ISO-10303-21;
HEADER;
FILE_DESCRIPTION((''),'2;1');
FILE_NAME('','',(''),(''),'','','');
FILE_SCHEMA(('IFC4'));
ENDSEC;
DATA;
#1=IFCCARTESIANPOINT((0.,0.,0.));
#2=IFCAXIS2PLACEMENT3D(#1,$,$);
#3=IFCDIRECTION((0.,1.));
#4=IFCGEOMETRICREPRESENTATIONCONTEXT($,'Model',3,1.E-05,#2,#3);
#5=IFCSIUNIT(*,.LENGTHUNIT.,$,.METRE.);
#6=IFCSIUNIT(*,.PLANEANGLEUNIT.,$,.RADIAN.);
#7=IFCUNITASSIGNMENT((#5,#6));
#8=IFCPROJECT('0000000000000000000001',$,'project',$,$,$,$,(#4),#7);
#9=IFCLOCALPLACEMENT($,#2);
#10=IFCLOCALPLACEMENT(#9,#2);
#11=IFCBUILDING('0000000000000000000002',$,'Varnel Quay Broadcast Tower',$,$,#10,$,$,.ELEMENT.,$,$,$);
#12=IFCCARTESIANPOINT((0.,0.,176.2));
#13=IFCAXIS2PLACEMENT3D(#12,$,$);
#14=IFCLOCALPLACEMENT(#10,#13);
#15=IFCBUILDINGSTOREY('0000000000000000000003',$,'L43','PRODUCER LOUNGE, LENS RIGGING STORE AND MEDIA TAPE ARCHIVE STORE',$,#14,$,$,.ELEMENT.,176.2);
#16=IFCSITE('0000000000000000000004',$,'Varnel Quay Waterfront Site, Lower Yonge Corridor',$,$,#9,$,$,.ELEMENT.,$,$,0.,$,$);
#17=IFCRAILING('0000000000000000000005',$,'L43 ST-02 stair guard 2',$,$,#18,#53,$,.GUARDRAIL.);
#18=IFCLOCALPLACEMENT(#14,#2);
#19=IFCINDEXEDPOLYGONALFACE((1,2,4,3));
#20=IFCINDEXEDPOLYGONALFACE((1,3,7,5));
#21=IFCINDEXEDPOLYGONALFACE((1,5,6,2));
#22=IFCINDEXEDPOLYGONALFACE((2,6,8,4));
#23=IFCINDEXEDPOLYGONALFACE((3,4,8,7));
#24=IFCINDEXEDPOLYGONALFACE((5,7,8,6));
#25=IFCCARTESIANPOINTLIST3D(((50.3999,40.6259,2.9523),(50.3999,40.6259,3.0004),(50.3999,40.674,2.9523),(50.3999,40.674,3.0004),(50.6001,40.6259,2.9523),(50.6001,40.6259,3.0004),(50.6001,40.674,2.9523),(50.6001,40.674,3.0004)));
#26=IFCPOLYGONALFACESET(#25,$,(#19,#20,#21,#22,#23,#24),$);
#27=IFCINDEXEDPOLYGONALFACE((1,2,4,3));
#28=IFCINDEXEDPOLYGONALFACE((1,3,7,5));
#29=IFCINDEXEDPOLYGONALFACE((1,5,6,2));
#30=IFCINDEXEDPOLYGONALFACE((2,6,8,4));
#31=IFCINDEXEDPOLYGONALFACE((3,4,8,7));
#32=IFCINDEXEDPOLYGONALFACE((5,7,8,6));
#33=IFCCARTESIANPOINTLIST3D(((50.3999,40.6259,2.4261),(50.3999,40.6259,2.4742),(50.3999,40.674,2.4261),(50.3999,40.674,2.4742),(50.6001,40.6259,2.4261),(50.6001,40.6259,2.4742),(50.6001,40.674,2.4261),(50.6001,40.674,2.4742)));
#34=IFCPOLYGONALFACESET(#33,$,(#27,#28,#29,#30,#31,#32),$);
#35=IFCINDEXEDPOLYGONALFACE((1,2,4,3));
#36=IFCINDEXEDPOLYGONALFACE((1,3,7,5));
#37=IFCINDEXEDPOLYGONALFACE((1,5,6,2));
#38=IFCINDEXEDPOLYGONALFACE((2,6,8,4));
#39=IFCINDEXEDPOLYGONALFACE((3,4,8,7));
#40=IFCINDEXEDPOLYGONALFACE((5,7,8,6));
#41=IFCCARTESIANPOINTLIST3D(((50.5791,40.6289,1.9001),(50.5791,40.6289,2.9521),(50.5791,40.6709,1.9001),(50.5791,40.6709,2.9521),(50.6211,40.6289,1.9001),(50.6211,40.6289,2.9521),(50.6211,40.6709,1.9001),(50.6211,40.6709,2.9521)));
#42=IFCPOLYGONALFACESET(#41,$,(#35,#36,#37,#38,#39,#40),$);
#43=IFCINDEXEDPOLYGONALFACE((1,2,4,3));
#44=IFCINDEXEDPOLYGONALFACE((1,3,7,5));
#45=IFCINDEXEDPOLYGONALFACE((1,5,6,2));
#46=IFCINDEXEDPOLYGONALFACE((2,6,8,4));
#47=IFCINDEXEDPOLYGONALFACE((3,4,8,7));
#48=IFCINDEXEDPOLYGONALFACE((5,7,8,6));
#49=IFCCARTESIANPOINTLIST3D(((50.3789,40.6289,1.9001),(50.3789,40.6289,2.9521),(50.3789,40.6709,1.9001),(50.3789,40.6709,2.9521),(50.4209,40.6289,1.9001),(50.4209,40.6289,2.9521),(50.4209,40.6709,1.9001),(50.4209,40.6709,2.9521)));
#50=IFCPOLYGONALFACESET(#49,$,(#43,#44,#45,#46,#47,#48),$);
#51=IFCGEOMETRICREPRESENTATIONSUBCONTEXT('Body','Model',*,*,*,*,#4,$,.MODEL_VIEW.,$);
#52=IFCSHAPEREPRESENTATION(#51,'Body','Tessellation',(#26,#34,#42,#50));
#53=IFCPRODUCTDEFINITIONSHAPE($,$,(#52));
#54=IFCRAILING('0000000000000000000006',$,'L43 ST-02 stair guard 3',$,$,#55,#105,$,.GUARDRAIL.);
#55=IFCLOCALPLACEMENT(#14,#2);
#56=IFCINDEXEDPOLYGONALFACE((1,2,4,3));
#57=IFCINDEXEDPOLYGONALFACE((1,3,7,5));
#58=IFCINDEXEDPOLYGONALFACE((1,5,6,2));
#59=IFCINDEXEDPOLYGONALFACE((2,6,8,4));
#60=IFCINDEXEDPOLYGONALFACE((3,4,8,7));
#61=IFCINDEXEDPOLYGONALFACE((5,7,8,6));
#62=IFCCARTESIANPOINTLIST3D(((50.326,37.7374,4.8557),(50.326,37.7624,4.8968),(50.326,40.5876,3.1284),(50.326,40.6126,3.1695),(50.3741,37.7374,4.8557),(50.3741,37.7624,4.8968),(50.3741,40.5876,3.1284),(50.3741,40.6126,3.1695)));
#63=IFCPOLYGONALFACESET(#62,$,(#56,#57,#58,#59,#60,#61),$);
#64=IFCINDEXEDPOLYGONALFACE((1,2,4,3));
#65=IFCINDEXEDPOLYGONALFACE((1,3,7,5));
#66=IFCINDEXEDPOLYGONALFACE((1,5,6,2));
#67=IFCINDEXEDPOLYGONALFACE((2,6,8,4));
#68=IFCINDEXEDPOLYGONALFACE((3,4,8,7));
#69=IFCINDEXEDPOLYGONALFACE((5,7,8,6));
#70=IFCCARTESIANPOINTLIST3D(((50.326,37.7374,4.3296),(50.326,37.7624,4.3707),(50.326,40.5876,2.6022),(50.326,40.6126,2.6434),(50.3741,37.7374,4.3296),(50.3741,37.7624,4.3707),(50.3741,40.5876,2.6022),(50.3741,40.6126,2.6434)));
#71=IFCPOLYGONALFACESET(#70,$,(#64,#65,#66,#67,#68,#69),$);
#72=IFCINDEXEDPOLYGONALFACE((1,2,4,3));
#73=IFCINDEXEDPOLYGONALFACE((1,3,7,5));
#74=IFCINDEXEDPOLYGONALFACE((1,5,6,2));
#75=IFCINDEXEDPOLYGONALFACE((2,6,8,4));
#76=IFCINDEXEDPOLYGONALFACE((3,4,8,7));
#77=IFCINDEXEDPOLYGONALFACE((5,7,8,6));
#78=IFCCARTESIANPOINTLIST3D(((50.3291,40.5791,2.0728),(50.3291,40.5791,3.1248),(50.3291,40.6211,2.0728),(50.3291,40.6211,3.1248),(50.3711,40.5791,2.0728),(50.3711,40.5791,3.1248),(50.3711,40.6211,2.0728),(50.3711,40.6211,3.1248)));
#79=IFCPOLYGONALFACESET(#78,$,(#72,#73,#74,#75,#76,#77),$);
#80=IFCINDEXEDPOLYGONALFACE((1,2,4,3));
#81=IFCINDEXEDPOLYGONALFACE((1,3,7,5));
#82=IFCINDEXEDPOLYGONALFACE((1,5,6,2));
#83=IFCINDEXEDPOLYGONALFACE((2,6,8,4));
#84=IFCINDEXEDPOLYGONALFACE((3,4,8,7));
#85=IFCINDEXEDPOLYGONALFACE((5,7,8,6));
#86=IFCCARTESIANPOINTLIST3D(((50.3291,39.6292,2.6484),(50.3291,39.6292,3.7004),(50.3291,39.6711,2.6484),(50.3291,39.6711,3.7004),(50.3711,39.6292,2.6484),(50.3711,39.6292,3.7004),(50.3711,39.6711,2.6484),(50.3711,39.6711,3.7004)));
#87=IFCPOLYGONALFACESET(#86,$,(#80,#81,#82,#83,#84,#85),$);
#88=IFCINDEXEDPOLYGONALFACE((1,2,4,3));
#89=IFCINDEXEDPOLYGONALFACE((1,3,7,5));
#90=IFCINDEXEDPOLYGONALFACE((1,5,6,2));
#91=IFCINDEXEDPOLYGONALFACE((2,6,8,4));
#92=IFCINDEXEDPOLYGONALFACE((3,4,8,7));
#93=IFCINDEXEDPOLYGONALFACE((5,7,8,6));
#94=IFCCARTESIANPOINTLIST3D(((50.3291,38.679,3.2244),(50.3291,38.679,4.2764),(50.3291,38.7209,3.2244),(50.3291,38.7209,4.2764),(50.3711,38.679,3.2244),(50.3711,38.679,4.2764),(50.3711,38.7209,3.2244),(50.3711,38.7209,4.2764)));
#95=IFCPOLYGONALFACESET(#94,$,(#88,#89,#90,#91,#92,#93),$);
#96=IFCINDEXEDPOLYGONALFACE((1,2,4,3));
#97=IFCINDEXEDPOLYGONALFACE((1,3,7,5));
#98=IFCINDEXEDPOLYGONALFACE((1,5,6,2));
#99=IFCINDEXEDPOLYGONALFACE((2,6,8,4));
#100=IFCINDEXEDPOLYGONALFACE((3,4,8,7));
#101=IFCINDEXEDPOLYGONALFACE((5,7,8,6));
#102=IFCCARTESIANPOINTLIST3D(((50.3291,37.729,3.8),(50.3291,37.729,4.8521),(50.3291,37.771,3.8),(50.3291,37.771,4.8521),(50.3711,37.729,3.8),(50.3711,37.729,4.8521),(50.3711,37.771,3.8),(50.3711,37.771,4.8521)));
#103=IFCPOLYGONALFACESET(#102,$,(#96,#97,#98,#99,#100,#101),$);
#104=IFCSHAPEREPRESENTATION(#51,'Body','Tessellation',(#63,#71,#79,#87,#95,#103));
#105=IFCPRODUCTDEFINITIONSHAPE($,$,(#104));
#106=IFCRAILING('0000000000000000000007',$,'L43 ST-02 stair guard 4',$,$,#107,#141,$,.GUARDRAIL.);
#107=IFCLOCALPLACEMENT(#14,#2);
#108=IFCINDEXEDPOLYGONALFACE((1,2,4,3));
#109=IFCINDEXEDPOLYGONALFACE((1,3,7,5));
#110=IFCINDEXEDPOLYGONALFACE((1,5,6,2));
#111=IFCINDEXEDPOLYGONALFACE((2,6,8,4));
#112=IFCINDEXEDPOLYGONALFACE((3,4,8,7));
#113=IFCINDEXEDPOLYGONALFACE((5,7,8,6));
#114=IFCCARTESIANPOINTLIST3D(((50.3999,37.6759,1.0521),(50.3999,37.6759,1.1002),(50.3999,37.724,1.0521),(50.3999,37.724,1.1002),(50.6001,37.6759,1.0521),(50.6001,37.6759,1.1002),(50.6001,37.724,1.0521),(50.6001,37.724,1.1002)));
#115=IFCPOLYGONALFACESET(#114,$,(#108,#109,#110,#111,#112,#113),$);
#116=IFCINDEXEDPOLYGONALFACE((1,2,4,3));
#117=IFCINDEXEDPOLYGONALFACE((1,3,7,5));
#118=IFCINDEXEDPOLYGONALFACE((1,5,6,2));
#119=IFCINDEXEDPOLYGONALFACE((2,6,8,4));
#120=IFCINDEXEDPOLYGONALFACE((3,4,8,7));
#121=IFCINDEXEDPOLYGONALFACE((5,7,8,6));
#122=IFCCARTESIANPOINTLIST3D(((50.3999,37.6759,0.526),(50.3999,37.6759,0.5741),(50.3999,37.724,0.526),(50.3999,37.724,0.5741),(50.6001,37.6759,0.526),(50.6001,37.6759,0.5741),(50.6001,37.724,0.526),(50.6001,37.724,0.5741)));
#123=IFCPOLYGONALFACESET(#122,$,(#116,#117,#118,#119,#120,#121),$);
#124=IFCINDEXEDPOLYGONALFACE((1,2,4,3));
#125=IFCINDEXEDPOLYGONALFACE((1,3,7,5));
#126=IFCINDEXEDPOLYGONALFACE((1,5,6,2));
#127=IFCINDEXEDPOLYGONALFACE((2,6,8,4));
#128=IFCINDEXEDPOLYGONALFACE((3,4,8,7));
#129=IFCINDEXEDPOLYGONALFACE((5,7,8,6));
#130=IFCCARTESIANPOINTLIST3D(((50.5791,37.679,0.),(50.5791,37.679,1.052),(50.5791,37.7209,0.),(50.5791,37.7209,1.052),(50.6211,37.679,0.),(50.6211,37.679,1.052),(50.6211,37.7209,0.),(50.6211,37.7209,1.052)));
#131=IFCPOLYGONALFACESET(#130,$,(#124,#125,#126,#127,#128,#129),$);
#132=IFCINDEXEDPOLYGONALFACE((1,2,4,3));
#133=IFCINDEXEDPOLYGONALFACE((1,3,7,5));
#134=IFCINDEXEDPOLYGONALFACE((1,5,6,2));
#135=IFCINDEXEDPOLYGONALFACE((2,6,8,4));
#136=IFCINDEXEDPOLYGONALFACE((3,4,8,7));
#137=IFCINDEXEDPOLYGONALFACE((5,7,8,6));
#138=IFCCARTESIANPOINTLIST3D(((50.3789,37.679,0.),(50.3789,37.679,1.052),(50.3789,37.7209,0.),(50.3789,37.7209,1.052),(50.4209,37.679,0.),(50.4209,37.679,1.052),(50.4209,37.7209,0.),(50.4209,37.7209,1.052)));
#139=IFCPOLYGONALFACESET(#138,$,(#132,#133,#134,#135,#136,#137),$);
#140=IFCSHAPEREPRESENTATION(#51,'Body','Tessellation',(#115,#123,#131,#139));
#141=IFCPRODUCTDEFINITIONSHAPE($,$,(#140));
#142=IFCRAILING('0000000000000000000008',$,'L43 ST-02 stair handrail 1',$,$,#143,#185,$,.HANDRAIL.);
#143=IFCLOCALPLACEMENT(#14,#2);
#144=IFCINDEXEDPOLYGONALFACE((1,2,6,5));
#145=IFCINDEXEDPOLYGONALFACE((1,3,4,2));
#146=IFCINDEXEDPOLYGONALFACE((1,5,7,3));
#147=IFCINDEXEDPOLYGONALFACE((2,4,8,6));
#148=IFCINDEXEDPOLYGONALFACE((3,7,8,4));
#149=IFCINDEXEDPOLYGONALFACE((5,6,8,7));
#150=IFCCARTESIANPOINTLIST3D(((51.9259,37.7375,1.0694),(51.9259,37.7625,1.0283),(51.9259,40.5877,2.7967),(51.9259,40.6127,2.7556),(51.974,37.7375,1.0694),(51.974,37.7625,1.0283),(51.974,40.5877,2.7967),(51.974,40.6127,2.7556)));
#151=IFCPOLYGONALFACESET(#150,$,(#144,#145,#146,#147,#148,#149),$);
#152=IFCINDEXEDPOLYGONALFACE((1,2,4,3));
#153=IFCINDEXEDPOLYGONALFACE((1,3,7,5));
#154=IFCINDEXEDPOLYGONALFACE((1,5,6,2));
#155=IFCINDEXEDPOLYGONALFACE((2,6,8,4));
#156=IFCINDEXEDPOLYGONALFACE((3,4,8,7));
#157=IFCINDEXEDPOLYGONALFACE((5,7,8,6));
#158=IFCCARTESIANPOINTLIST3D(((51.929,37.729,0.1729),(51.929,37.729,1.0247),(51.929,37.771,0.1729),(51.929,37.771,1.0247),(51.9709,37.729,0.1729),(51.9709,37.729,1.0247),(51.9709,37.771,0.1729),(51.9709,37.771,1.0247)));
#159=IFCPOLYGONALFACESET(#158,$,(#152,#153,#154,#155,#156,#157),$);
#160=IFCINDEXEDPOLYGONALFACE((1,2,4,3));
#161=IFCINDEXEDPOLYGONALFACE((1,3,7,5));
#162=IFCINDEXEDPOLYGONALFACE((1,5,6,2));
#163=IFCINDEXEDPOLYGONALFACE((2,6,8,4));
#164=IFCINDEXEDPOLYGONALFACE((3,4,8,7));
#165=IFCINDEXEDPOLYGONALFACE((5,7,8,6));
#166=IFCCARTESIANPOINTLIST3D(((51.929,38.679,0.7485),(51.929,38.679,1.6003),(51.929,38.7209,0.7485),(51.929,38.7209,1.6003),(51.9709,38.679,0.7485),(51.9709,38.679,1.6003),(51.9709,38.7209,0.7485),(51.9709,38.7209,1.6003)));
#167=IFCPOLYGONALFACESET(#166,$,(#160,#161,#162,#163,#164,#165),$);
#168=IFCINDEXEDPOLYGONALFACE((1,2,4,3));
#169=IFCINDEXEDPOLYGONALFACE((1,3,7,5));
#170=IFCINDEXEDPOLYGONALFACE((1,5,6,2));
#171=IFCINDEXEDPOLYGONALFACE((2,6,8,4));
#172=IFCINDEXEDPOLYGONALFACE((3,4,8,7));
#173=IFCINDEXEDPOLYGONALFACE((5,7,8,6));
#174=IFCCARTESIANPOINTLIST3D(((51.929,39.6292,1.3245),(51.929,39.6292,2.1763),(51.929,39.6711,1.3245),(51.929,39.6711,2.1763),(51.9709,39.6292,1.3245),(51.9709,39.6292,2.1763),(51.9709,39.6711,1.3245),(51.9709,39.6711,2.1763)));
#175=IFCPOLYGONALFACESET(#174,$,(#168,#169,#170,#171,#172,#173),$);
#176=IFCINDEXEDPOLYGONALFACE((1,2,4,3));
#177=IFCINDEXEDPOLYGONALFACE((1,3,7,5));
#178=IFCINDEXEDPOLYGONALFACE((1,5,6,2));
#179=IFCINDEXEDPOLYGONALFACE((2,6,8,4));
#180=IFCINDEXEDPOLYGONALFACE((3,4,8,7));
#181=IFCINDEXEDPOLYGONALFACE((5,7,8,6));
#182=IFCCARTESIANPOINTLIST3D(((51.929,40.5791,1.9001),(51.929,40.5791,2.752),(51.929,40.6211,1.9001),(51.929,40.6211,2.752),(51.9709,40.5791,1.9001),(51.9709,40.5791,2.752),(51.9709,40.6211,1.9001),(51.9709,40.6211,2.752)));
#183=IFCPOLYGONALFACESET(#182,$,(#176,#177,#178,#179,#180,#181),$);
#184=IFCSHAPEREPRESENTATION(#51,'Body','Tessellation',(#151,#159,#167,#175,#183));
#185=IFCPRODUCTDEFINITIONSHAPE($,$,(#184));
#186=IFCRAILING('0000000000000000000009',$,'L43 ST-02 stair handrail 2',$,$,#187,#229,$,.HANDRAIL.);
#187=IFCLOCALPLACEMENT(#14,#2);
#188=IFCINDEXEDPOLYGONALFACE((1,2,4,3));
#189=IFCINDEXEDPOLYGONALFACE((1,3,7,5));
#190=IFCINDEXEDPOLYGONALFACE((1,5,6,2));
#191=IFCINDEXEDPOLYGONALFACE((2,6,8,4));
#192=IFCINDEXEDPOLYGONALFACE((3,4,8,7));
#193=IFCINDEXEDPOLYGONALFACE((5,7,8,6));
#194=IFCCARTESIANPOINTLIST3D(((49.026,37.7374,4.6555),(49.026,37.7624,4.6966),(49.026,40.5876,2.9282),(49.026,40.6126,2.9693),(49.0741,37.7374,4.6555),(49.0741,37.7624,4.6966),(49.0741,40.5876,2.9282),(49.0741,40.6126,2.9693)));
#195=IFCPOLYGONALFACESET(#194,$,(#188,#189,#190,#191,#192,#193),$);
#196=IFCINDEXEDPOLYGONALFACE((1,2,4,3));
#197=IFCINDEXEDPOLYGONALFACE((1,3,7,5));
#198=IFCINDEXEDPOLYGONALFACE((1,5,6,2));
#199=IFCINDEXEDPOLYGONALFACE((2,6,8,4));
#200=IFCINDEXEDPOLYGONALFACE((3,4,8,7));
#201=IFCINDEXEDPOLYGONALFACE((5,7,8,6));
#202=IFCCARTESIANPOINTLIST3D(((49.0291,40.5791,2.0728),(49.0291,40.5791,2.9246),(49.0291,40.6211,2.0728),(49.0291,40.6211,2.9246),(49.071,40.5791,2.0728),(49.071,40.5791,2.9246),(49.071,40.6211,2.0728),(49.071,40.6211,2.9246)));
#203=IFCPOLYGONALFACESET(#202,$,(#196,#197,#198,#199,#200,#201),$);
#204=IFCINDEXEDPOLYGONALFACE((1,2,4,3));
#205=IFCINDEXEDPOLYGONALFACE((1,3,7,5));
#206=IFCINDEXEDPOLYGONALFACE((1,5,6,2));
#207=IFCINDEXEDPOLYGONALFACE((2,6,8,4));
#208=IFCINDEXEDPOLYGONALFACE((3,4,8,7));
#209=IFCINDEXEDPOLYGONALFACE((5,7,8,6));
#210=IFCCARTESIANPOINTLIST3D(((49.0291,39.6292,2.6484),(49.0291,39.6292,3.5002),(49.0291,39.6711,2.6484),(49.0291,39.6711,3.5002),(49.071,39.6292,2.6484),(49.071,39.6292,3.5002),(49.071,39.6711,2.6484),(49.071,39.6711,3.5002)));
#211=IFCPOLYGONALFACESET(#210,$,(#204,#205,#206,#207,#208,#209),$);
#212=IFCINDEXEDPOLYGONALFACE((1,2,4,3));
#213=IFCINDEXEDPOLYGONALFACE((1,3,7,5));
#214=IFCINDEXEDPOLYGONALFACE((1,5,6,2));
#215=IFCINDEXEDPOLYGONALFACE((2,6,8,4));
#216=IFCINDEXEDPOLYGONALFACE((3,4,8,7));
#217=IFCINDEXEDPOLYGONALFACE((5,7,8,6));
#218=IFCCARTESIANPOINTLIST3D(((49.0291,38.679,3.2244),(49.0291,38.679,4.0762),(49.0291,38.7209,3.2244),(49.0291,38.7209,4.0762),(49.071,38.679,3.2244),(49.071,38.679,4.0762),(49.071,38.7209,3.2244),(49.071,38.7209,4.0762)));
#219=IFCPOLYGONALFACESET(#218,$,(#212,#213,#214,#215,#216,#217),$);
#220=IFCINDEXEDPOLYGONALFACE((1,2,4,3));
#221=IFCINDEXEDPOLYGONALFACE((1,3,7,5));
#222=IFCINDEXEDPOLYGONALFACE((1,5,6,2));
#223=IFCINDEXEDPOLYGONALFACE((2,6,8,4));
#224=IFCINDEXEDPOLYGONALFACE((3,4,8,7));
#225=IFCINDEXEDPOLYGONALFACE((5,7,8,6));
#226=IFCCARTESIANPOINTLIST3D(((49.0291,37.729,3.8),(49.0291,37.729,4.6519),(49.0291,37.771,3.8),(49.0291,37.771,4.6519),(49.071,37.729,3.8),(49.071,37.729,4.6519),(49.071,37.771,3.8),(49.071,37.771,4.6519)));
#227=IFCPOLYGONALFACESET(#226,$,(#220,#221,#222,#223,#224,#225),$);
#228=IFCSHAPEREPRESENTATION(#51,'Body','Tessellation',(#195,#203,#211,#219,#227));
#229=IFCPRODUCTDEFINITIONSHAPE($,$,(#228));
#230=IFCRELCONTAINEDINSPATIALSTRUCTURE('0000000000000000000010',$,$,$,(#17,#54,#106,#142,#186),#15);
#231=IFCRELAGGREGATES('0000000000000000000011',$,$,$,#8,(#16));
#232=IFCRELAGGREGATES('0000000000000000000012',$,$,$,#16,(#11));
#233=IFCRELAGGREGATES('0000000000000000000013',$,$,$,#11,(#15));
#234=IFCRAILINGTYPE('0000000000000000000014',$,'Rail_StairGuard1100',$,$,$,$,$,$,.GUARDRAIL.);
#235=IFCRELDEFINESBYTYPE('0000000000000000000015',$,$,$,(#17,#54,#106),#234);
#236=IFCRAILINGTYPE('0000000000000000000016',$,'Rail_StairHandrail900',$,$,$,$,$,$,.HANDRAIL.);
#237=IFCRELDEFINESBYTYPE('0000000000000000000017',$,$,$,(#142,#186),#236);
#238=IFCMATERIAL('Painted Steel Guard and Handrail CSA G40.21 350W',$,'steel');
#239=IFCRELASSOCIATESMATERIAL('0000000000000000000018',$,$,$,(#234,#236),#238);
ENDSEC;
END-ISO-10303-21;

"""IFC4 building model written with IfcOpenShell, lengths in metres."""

from ifc_helpers import new_model, si_unit, direction, frame, origin, origin_2d, place, context, subcontext, project, spatial, rectangle, extrude, material, type_object, element, save


model = new_model("IFC4")

# Units and contexts
model_context = context("Model", 3, precision=1e-05, world=origin(), true_north=direction((0.0, 1.0)))
body_context = subcontext(model_context, "Body", "Model", "MODEL_VIEW")
ifc_project = project(units=[si_unit("LENGTHUNIT", "METRE"), si_unit("PLANEANGLEUNIT", "RADIAN")], contexts=[model_context])

# Site, building, storey
site_placement = place(None, origin())
site = spatial("IfcSite", under=ifc_project, at=site_placement, Name="Varnel Quay Waterfront Site, Lower Yonge Corridor", CompositionType="ELEMENT", RefElevation=0.0)
building_placement = place(site_placement, origin())
building = spatial("IfcBuilding", under=site, at=building_placement, Name="Varnel Quay Broadcast Tower", CompositionType="ELEMENT")
storey_placement = place(building_placement, frame((0.0, 0.0, 176.2)))
storey = spatial("IfcBuildingStorey", under=building, at=storey_placement, Name="L43", Description="PRODUCER LOUNGE, LENS RIGGING STORE AND MEDIA TAPE ARCHIVE STORE", CompositionType="ELEMENT", Elevation=176.2)

# Railings
ifc_material_1 = material(Name="Painted Steel Guard and Handrail CSA G40.21 350W", Category="steel")
railing_type_1 = type_object("IfcRailingType", Name="Rail_StairGuard1100", PredefinedType="GUARDRAIL", material=ifc_material_1)
railing_1_placement = place(storey_placement, frame((50.6001, 40.6499, 1.9001)))
element("IfcRailing", 1, at=railing_1_placement, inside=storey, type_object=railing_type_1, Name="L43 ST-02 stair guard 2", PredefinedType="GUARDRAIL", context=body_context, shape_type="SweptSolid", body=[
    extrude(rectangle(XDim=0.0481, YDim=0.0481, at=origin_2d()), frame((0.0, 0.0, 1.0762), z_axis=(-1.0, 0.0, 0.0), x_axis=(0.0, -1.0, 0.0)), (0.0, 0.0, 1.0), 0.2002),
    extrude(rectangle(XDim=0.0481, YDim=0.0481, at=origin_2d()), frame((0.0, 0.0, 0.55), z_axis=(-1.0, 0.0, 0.0), x_axis=(0.0, -1.0, 0.0)), (0.0, 0.0, 1.0), 0.2002),
    extrude(rectangle(XDim=0.042, YDim=0.042, at=origin_2d()), origin(), (0.0, 0.0, 1.0), 1.052),
    extrude(rectangle(XDim=0.042, YDim=0.042, at=origin_2d()), frame((-0.2002, 0.0, 0.0)), (0.0, 0.0, 1.0), 1.052),
])
railing_2_placement = place(storey_placement, frame((50.3501, 40.6001, 2.0728)))
element("IfcRailing", 2, at=railing_2_placement, inside=storey, type_object=railing_type_1, Name="L43 ST-02 stair guard 3", PredefinedType="GUARDRAIL", context=body_context, shape_type="SweptSolid", body=[
    extrude(rectangle(XDim=0.0481, YDim=0.0481, at=origin_2d()), frame((0.0, 0.0, 1.0762), z_axis=(0.0, -0.855203, 0.518294), x_axis=(1.0, 0.0, 0.0)), (0.0, 0.0, 1.0), 3.3328),
    extrude(rectangle(XDim=0.0481, YDim=0.0481, at=origin_2d()), frame((0.0, 0.0, 0.55), z_axis=(0.0, -0.855203, 0.518294), x_axis=(1.0, 0.0, 0.0)), (0.0, 0.0, 1.0), 3.3328),
    extrude(rectangle(XDim=0.042, YDim=0.042, at=origin_2d()), origin(), (0.0, 0.0, 1.0), 1.052),
    extrude(rectangle(XDim=0.042, YDim=0.042, at=origin_2d()), frame((0.0, -0.95, 0.5757)), (0.0, 0.0, 1.0), 1.052),
    extrude(rectangle(XDim=0.042, YDim=0.042, at=origin_2d()), frame((0.0, -1.9001, 1.1516)), (0.0, 0.0, 1.0), 1.052),
    extrude(rectangle(XDim=0.042, YDim=0.042, at=origin_2d()), frame((0.0, -2.8501, 1.7273)), (0.0, 0.0, 1.0), 1.052),
])
railing_3_placement = place(storey_placement, frame((50.6001, 37.7, 0.0)))
element("IfcRailing", 3, at=railing_3_placement, inside=storey, type_object=railing_type_1, Name="L43 ST-02 stair guard 4", PredefinedType="GUARDRAIL", context=body_context, shape_type="SweptSolid", body=[
    extrude(rectangle(XDim=0.0481, YDim=0.0481, at=origin_2d()), frame((0.0, 0.0, 1.0762), z_axis=(-1.0, 0.0, 0.0), x_axis=(0.0, -1.0, 0.0)), (0.0, 0.0, 1.0), 0.2002),
    extrude(rectangle(XDim=0.0481, YDim=0.0481, at=origin_2d()), frame((0.0, 0.0, 0.55), z_axis=(-1.0, 0.0, 0.0), x_axis=(0.0, -1.0, 0.0)), (0.0, 0.0, 1.0), 0.2002),
    extrude(rectangle(XDim=0.042, YDim=0.042, at=origin_2d()), origin(), (0.0, 0.0, 1.0), 1.052),
    extrude(rectangle(XDim=0.042, YDim=0.042, at=origin_2d()), frame((-0.2002, 0.0, 0.0)), (0.0, 0.0, 1.0), 1.052),
])
railing_type_2 = type_object("IfcRailingType", Name="Rail_StairHandrail900", PredefinedType="HANDRAIL", material=ifc_material_1)
railing_4_placement = place(storey_placement, frame((51.95, 37.75, 0.1729)))
element("IfcRailing", 4, at=railing_4_placement, inside=storey, type_object=railing_type_2, Name="L43 ST-02 stair handrail 1", PredefinedType="HANDRAIL", context=body_context, shape_type="SweptSolid", body=[
    extrude(rectangle(XDim=0.0481, YDim=0.0481, at=origin_2d()), frame((0.0, 0.0, 0.876), z_axis=(0.0, 0.855203, 0.518294), x_axis=(-1.0, 0.0, 0.0)), (0.0, 0.0, 1.0), 3.3328),
    extrude(rectangle(XDim=0.042, YDim=0.042, at=origin_2d()), origin(), (0.0, 0.0, 1.0), 0.8518),
    extrude(rectangle(XDim=0.042, YDim=0.042, at=origin_2d()), frame((0.0, 0.95, 0.5757)), (0.0, 0.0, 1.0), 0.8518),
    extrude(rectangle(XDim=0.042, YDim=0.042, at=origin_2d()), frame((0.0, 1.9001, 1.1516)), (0.0, 0.0, 1.0), 0.8518),
    extrude(rectangle(XDim=0.042, YDim=0.042, at=origin_2d()), frame((0.0, 2.8501, 1.7273)), (0.0, 0.0, 1.0), 0.8518),
])
railing_5_placement = place(storey_placement, frame((49.05, 40.6001, 2.0728)))
element("IfcRailing", 5, at=railing_5_placement, inside=storey, type_object=railing_type_2, Name="L43 ST-02 stair handrail 2", PredefinedType="HANDRAIL", context=body_context, shape_type="SweptSolid", body=[
    extrude(rectangle(XDim=0.0481, YDim=0.0481, at=origin_2d()), frame((0.0, 0.0, 0.876), z_axis=(0.0, -0.855203, 0.518294), x_axis=(1.0, 0.0, 0.0)), (0.0, 0.0, 1.0), 3.3328),
    extrude(rectangle(XDim=0.042, YDim=0.042, at=origin_2d()), origin(), (0.0, 0.0, 1.0), 0.8518),
    extrude(rectangle(XDim=0.042, YDim=0.042, at=origin_2d()), frame((0.0, -0.95, 0.5757)), (0.0, 0.0, 1.0), 0.8518),
    extrude(rectangle(XDim=0.042, YDim=0.042, at=origin_2d()), frame((0.0, -1.9001, 1.1516)), (0.0, 0.0, 1.0), 0.8518),
    extrude(rectangle(XDim=0.042, YDim=0.042, at=origin_2d()), frame((0.0, -2.8501, 1.7273)), (0.0, 0.0, 1.0), 0.8518),
])

save(model, "model.ifc")
